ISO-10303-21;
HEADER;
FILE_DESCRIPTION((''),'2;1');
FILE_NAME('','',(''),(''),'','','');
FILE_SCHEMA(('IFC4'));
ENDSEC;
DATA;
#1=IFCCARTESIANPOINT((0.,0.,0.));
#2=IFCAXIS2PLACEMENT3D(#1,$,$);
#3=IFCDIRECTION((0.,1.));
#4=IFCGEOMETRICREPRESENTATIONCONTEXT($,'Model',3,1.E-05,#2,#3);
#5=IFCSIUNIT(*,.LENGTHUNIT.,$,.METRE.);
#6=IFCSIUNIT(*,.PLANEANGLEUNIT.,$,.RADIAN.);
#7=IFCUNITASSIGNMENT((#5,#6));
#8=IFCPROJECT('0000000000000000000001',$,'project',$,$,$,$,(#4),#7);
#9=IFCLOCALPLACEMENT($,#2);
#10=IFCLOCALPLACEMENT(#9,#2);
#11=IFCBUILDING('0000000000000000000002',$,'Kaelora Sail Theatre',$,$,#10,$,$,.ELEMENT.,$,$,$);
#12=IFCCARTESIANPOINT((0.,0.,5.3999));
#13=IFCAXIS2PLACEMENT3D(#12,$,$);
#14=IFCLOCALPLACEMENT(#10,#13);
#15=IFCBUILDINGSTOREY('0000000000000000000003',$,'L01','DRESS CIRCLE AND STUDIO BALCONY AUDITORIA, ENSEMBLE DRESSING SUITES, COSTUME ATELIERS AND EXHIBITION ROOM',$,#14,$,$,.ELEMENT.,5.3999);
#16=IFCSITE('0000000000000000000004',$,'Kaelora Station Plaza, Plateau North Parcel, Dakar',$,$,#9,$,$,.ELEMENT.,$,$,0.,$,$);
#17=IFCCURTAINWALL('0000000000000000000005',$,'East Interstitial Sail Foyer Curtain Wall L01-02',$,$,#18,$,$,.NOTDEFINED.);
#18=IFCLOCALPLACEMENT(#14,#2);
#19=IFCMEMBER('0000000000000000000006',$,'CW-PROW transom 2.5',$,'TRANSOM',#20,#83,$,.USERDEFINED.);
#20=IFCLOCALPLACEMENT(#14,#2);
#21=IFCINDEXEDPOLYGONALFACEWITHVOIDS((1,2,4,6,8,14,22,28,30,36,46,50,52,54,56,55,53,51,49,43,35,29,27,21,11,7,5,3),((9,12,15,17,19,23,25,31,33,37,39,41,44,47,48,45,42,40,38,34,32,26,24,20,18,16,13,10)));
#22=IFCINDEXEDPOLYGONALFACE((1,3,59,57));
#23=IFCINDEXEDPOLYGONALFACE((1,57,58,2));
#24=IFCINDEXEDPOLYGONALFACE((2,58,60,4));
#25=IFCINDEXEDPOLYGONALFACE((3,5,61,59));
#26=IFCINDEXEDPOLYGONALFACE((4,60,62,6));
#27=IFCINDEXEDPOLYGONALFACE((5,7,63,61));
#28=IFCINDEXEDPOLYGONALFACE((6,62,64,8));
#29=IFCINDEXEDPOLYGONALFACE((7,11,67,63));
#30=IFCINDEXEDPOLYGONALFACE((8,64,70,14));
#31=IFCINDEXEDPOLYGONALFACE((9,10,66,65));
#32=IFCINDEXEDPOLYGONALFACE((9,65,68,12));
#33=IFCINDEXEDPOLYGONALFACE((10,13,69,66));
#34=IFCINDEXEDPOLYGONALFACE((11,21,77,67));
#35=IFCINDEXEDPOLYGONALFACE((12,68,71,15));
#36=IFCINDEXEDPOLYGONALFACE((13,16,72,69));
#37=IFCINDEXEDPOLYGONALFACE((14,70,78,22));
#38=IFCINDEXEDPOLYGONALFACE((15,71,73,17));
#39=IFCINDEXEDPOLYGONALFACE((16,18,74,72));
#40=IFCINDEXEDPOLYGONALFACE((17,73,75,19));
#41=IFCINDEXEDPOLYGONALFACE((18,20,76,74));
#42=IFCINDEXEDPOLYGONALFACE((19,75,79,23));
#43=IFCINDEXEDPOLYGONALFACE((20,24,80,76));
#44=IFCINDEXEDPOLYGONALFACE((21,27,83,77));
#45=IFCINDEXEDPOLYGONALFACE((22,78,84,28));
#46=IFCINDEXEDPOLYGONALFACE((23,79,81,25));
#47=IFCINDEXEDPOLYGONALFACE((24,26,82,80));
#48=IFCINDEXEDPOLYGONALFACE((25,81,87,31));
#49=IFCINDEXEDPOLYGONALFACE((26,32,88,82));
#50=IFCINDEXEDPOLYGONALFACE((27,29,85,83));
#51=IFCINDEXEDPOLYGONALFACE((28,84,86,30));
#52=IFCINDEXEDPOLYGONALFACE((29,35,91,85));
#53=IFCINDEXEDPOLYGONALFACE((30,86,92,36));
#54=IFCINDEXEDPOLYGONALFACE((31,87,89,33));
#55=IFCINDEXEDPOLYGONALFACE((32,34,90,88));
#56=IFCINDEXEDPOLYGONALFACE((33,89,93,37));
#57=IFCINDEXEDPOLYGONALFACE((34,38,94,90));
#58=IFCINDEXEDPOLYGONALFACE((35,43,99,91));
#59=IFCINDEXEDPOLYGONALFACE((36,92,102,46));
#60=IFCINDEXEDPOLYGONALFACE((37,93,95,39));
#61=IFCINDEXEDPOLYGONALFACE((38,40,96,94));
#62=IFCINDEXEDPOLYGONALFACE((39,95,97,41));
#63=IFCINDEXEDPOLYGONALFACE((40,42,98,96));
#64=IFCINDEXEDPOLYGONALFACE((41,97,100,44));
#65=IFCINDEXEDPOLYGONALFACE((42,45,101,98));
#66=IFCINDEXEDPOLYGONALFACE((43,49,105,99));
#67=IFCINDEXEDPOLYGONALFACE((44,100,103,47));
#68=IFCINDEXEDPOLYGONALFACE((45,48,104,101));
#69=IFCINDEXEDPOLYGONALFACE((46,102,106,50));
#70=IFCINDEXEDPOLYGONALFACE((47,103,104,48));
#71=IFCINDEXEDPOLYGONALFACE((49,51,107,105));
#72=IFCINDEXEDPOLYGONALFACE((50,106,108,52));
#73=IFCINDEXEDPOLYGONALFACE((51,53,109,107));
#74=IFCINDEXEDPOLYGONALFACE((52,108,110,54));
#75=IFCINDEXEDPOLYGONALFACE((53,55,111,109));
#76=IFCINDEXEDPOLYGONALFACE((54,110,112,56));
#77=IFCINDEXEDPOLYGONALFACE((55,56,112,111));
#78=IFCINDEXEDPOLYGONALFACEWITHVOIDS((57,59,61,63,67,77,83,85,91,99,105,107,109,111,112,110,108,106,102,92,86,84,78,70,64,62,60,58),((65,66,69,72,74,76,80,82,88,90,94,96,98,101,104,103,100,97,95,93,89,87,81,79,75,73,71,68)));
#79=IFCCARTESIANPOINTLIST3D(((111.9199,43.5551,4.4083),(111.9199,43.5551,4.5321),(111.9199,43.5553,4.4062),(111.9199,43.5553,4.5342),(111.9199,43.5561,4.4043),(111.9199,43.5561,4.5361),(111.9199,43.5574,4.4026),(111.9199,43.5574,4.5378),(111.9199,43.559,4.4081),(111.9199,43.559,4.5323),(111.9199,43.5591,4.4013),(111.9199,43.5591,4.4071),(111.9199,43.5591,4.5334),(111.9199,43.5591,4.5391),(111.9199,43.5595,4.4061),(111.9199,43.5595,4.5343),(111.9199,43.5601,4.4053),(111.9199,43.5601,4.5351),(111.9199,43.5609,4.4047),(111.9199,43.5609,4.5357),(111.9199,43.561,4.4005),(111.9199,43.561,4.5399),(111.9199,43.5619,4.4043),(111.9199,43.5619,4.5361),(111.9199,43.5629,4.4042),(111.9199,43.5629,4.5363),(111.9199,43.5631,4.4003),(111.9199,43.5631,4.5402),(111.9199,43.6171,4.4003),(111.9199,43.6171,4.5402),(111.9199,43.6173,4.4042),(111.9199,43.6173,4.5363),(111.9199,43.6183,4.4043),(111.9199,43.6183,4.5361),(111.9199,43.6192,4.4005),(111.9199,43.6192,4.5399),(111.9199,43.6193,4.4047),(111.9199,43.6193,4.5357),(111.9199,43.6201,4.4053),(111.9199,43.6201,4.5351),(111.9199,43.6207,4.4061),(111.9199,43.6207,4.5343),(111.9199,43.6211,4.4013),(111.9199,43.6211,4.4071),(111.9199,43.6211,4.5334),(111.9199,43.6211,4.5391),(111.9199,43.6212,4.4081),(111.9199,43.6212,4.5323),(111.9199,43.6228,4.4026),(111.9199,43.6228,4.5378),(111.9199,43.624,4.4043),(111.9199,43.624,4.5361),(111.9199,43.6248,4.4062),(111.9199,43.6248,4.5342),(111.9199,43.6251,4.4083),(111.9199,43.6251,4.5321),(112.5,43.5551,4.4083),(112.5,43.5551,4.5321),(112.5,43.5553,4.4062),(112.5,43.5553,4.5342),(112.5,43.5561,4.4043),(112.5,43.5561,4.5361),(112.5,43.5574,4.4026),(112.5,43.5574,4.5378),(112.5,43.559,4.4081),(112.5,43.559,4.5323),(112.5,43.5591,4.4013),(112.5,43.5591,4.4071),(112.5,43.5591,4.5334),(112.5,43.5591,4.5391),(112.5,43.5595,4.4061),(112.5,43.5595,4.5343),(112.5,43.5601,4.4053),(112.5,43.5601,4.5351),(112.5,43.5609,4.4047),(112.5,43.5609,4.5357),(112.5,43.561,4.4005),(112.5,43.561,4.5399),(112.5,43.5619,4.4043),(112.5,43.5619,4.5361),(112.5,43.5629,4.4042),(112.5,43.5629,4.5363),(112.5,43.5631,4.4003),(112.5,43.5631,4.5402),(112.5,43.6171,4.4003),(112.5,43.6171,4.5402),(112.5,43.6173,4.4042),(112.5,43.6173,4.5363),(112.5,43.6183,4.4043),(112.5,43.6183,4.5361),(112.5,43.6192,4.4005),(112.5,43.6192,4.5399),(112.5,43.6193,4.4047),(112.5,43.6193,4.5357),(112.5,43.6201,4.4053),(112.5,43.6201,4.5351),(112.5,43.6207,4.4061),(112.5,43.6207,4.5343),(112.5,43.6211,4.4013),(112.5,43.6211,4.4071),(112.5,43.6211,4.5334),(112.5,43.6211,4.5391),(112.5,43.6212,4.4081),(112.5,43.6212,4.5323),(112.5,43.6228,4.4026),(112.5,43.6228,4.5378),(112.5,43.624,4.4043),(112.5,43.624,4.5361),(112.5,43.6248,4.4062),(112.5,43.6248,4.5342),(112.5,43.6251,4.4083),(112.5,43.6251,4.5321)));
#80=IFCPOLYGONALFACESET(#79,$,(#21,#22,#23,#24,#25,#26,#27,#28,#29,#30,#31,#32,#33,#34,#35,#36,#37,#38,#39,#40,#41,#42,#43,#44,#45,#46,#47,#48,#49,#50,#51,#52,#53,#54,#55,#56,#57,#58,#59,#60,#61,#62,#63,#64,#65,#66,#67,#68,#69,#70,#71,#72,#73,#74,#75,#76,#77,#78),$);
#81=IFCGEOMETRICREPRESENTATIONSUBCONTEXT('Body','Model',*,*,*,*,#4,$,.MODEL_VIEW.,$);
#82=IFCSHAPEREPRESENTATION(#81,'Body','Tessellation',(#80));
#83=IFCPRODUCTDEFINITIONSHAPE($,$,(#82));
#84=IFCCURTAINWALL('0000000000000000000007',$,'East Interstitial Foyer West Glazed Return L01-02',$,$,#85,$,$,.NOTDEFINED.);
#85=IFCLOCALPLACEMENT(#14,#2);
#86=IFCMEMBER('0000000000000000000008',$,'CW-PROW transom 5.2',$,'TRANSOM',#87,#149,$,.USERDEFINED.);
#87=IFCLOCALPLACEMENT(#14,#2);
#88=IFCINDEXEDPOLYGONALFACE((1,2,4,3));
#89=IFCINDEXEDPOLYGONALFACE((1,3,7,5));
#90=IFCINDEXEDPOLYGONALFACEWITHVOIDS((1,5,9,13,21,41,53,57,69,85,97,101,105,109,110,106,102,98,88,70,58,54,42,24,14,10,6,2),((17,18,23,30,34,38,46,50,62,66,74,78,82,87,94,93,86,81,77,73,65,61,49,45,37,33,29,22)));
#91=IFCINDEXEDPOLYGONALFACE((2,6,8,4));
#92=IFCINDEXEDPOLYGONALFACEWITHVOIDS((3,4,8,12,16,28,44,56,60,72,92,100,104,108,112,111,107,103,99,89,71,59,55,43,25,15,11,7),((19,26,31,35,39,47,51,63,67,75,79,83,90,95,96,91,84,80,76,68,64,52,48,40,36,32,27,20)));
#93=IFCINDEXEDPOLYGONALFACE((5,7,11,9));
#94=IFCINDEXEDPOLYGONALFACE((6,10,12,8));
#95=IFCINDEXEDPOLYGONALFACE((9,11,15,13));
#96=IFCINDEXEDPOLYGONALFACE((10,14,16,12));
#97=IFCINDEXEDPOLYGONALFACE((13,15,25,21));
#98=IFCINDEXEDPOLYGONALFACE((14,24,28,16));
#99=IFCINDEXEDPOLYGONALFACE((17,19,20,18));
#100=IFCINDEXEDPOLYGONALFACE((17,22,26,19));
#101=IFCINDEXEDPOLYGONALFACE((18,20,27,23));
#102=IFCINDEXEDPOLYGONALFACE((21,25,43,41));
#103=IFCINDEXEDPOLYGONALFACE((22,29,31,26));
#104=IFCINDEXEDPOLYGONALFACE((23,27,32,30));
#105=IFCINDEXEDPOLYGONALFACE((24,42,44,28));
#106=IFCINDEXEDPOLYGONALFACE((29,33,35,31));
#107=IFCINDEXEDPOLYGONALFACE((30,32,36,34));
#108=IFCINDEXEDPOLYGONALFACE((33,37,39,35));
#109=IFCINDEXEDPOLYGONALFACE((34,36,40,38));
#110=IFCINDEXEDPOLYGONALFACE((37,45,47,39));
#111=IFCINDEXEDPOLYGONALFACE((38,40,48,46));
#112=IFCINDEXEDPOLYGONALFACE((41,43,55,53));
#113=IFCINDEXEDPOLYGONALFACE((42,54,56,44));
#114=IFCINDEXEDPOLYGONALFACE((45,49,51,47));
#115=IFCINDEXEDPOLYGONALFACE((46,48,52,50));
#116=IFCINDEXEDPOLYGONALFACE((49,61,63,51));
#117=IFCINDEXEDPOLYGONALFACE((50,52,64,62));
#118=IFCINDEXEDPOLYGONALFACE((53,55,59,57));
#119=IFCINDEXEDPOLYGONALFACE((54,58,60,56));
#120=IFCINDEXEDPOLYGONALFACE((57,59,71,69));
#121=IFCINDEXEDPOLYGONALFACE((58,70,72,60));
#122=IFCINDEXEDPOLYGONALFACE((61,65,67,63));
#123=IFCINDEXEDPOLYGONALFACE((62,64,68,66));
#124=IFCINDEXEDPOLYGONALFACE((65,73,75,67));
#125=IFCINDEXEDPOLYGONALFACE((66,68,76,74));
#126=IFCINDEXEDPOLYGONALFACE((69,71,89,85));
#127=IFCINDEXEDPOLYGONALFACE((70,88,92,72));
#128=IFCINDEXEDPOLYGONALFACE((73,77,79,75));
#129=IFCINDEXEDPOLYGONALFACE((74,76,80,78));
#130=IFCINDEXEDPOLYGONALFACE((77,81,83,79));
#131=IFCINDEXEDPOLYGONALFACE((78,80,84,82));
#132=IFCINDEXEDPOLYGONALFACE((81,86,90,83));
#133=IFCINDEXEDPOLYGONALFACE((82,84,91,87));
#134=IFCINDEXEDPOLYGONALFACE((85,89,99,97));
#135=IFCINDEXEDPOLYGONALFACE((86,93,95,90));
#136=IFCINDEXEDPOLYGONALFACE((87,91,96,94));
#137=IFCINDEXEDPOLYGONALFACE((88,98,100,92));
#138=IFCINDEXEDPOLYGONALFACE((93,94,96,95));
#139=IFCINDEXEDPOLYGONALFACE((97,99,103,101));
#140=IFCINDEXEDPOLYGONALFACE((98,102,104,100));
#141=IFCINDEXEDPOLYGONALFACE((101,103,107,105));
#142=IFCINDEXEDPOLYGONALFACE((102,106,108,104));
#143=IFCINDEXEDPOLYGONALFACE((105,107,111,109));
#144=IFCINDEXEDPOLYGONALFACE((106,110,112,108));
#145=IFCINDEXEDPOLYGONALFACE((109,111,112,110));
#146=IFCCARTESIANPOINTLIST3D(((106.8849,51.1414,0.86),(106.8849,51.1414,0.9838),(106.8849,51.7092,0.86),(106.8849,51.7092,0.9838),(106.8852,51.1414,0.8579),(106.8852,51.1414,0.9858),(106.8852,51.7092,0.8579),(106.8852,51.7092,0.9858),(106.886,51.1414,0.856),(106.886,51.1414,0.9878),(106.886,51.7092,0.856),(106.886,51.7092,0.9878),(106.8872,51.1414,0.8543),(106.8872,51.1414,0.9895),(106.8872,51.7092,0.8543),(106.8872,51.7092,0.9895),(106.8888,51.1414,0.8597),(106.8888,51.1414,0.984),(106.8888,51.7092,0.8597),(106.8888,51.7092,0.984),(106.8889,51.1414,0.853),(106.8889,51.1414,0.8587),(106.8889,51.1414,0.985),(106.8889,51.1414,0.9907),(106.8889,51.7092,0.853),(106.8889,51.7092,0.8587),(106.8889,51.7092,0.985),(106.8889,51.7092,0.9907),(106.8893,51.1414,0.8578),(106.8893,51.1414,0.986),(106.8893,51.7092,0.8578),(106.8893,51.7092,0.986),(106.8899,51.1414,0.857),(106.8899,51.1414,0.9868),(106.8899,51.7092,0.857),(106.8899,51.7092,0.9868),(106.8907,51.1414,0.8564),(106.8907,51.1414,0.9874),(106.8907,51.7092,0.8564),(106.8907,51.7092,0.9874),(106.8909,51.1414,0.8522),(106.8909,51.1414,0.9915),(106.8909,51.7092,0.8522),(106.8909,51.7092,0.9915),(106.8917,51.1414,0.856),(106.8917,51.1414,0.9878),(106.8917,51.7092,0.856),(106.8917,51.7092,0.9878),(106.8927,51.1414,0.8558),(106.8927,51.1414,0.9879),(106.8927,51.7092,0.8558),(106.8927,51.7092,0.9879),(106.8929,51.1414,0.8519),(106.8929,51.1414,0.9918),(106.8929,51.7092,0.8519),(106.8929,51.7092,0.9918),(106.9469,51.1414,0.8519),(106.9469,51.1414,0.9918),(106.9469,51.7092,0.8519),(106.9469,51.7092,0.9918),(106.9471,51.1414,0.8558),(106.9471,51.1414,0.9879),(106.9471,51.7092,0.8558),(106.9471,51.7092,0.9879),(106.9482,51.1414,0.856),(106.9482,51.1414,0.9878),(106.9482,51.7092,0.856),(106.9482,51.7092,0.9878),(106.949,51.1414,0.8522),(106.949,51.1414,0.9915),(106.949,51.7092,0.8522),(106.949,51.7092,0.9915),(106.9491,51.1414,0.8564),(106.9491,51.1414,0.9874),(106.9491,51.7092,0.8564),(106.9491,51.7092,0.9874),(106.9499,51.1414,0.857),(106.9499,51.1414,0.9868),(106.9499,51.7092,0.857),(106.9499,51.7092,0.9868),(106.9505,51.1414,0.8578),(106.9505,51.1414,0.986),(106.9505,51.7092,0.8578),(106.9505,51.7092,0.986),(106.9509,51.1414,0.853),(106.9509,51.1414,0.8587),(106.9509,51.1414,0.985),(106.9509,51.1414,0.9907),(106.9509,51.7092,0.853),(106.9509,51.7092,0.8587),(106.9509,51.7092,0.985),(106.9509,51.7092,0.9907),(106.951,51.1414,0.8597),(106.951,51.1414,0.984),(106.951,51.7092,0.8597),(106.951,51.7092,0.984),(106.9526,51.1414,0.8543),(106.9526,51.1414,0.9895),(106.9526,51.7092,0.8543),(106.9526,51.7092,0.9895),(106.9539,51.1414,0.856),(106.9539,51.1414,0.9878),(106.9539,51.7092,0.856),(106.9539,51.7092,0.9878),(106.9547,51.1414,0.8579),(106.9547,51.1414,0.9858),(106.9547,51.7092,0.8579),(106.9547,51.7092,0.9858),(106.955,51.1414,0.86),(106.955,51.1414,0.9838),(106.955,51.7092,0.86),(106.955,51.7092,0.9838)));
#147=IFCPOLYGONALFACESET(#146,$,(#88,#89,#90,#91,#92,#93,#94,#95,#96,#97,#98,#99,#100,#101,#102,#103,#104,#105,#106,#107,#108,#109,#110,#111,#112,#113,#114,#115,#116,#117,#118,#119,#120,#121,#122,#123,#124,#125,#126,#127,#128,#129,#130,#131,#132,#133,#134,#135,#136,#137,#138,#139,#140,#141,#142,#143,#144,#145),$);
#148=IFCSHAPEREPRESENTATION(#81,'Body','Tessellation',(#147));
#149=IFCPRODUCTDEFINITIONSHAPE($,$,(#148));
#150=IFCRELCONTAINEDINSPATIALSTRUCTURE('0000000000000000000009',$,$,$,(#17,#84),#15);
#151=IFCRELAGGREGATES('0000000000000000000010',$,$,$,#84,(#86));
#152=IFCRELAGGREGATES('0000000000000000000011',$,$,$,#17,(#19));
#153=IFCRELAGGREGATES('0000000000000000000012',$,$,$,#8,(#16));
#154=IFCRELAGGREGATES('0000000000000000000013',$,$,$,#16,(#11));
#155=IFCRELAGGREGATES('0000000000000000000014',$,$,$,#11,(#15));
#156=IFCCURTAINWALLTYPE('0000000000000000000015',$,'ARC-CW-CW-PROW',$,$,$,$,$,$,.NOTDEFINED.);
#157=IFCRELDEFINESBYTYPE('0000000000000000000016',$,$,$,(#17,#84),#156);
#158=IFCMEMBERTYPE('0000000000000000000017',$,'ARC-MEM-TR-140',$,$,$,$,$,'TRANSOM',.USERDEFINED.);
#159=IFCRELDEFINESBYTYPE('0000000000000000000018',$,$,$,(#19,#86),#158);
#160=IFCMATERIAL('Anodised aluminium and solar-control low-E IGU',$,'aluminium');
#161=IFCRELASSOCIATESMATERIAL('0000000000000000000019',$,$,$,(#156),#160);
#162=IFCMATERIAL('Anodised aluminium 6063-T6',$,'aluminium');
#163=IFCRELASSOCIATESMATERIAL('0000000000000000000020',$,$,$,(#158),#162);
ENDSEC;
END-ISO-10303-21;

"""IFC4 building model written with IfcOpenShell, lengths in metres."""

from ifc_helpers import new_model, si_unit, direction, frame, origin, origin_2d, place, context, subcontext, project, spatial, hollow_rectangle, extrude, material, material_profile, profile_set, type_object, element, aggregate, save


model = new_model("IFC4")

# Units and contexts
model_context = context("Model", 3, precision=1e-05, world=origin(), true_north=direction((0.0, 1.0)))
body_context = subcontext(model_context, "Body", "Model", "MODEL_VIEW")
ifc_project = project(units=[si_unit("LENGTHUNIT", "METRE"), si_unit("PLANEANGLEUNIT", "RADIAN")], contexts=[model_context])

# Site, building, storey
site_placement = place(None, origin())
site = spatial("IfcSite", under=ifc_project, at=site_placement, Name="Kaelora Station Plaza, Plateau North Parcel, Dakar", CompositionType="ELEMENT", RefElevation=0.0)
building_placement = place(site_placement, origin())
building = spatial("IfcBuilding", under=site, at=building_placement, Name="Kaelora Sail Theatre", CompositionType="ELEMENT")
storey_placement = place(building_placement, frame((0.0, 0.0, 5.3999)))
storey = spatial("IfcBuildingStorey", under=building, at=storey_placement, Name="L01", Description="DRESS CIRCLE AND STUDIO BALCONY AUDITORIA, ENSEMBLE DRESSING SUITES, COSTUME ATELIERS AND EXHIBITION ROOM", CompositionType="ELEMENT", Elevation=5.3999)

# Shared definitions
ifc_material_1 = material(Name="Anodised aluminium and solar-control low-E IGU", Category="aluminium")
curtain_wall_type = type_object("IfcCurtainWallType", Name="ARC-CW-CW-PROW", PredefinedType="NOTDEFINED", material=ifc_material_1)

# Curtain walls, members
curtain_wall_1_placement = place(storey_placement, origin())
curtain_wall_1 = element("IfcCurtainWall", 1, at=curtain_wall_1_placement, inside=storey, type_object=curtain_wall_type, Name="East Interstitial Sail Foyer Curtain Wall L01-02", PredefinedType="NOTDEFINED")
ifc_material_2 = material(Name="Anodised aluminium 6063-T6", Category="aluminium")
ifc_material_profile_1 = material_profile(ifc_material_2, hollow_rectangle(XDim=0.0701, YDim=0.1399, WallThickness=0.0039, InnerFilletRadius=0.0039, OuterFilletRadius=0.0081, at=origin_2d()), Name="ALU-TRAN 70x140x4")
ifc_profile_set_1 = profile_set([ifc_material_profile_1], Name="Anodised aluminium 6063-T6")
member_type_1 = type_object("IfcMemberType", Name="ARC-MEM-TR-140", ElementType="TRANSOM", PredefinedType="USERDEFINED", material=ifc_profile_set_1)
member_1_placement = place(storey_placement, frame((111.9199, 43.5901, 4.4702), z_axis=(1.0, 0.0, 0.0), x_axis=(0.0, 1.0, 0.0)))
member_1 = element("IfcMember", 2, at=member_1_placement, type_object=member_type_1, Name="CW-PROW transom 2.5", ObjectType="TRANSOM", PredefinedType="USERDEFINED", context=body_context, shape_type="SweptSolid", body=[
    extrude(hollow_rectangle(XDim=0.0701, YDim=0.1399, WallThickness=0.0039, InnerFilletRadius=0.0039, OuterFilletRadius=0.0081, at=origin_2d()), origin(), (0.0, 0.0, 1.0), 0.5801),
])
curtain_wall_2_placement = place(storey_placement, origin())
curtain_wall_2 = element("IfcCurtainWall", 3, at=curtain_wall_2_placement, inside=storey, type_object=curtain_wall_type, Name="East Interstitial Foyer West Glazed Return L01-02", PredefinedType="NOTDEFINED")
member_2_placement = place(storey_placement, frame((106.9199, 51.1414, 0.9219), z_axis=(0.0, 1.0, 0.0), x_axis=(-1.0, 0.0, 0.0)))
member_2 = element("IfcMember", 4, at=member_2_placement, type_object=member_type_1, Name="CW-PROW transom 5.2", ObjectType="TRANSOM", PredefinedType="USERDEFINED", context=body_context, shape_type="SweptSolid", body=[
    extrude(hollow_rectangle(XDim=0.0701, YDim=0.1399, WallThickness=0.0039, InnerFilletRadius=0.0039, OuterFilletRadius=0.0081, at=origin_2d()), origin(), (0.0, 0.0, 1.0), 0.5679),
])
aggregate(curtain_wall_2, [member_2])

aggregate(curtain_wall_1, [member_1])

save(model, "model.ifc")
